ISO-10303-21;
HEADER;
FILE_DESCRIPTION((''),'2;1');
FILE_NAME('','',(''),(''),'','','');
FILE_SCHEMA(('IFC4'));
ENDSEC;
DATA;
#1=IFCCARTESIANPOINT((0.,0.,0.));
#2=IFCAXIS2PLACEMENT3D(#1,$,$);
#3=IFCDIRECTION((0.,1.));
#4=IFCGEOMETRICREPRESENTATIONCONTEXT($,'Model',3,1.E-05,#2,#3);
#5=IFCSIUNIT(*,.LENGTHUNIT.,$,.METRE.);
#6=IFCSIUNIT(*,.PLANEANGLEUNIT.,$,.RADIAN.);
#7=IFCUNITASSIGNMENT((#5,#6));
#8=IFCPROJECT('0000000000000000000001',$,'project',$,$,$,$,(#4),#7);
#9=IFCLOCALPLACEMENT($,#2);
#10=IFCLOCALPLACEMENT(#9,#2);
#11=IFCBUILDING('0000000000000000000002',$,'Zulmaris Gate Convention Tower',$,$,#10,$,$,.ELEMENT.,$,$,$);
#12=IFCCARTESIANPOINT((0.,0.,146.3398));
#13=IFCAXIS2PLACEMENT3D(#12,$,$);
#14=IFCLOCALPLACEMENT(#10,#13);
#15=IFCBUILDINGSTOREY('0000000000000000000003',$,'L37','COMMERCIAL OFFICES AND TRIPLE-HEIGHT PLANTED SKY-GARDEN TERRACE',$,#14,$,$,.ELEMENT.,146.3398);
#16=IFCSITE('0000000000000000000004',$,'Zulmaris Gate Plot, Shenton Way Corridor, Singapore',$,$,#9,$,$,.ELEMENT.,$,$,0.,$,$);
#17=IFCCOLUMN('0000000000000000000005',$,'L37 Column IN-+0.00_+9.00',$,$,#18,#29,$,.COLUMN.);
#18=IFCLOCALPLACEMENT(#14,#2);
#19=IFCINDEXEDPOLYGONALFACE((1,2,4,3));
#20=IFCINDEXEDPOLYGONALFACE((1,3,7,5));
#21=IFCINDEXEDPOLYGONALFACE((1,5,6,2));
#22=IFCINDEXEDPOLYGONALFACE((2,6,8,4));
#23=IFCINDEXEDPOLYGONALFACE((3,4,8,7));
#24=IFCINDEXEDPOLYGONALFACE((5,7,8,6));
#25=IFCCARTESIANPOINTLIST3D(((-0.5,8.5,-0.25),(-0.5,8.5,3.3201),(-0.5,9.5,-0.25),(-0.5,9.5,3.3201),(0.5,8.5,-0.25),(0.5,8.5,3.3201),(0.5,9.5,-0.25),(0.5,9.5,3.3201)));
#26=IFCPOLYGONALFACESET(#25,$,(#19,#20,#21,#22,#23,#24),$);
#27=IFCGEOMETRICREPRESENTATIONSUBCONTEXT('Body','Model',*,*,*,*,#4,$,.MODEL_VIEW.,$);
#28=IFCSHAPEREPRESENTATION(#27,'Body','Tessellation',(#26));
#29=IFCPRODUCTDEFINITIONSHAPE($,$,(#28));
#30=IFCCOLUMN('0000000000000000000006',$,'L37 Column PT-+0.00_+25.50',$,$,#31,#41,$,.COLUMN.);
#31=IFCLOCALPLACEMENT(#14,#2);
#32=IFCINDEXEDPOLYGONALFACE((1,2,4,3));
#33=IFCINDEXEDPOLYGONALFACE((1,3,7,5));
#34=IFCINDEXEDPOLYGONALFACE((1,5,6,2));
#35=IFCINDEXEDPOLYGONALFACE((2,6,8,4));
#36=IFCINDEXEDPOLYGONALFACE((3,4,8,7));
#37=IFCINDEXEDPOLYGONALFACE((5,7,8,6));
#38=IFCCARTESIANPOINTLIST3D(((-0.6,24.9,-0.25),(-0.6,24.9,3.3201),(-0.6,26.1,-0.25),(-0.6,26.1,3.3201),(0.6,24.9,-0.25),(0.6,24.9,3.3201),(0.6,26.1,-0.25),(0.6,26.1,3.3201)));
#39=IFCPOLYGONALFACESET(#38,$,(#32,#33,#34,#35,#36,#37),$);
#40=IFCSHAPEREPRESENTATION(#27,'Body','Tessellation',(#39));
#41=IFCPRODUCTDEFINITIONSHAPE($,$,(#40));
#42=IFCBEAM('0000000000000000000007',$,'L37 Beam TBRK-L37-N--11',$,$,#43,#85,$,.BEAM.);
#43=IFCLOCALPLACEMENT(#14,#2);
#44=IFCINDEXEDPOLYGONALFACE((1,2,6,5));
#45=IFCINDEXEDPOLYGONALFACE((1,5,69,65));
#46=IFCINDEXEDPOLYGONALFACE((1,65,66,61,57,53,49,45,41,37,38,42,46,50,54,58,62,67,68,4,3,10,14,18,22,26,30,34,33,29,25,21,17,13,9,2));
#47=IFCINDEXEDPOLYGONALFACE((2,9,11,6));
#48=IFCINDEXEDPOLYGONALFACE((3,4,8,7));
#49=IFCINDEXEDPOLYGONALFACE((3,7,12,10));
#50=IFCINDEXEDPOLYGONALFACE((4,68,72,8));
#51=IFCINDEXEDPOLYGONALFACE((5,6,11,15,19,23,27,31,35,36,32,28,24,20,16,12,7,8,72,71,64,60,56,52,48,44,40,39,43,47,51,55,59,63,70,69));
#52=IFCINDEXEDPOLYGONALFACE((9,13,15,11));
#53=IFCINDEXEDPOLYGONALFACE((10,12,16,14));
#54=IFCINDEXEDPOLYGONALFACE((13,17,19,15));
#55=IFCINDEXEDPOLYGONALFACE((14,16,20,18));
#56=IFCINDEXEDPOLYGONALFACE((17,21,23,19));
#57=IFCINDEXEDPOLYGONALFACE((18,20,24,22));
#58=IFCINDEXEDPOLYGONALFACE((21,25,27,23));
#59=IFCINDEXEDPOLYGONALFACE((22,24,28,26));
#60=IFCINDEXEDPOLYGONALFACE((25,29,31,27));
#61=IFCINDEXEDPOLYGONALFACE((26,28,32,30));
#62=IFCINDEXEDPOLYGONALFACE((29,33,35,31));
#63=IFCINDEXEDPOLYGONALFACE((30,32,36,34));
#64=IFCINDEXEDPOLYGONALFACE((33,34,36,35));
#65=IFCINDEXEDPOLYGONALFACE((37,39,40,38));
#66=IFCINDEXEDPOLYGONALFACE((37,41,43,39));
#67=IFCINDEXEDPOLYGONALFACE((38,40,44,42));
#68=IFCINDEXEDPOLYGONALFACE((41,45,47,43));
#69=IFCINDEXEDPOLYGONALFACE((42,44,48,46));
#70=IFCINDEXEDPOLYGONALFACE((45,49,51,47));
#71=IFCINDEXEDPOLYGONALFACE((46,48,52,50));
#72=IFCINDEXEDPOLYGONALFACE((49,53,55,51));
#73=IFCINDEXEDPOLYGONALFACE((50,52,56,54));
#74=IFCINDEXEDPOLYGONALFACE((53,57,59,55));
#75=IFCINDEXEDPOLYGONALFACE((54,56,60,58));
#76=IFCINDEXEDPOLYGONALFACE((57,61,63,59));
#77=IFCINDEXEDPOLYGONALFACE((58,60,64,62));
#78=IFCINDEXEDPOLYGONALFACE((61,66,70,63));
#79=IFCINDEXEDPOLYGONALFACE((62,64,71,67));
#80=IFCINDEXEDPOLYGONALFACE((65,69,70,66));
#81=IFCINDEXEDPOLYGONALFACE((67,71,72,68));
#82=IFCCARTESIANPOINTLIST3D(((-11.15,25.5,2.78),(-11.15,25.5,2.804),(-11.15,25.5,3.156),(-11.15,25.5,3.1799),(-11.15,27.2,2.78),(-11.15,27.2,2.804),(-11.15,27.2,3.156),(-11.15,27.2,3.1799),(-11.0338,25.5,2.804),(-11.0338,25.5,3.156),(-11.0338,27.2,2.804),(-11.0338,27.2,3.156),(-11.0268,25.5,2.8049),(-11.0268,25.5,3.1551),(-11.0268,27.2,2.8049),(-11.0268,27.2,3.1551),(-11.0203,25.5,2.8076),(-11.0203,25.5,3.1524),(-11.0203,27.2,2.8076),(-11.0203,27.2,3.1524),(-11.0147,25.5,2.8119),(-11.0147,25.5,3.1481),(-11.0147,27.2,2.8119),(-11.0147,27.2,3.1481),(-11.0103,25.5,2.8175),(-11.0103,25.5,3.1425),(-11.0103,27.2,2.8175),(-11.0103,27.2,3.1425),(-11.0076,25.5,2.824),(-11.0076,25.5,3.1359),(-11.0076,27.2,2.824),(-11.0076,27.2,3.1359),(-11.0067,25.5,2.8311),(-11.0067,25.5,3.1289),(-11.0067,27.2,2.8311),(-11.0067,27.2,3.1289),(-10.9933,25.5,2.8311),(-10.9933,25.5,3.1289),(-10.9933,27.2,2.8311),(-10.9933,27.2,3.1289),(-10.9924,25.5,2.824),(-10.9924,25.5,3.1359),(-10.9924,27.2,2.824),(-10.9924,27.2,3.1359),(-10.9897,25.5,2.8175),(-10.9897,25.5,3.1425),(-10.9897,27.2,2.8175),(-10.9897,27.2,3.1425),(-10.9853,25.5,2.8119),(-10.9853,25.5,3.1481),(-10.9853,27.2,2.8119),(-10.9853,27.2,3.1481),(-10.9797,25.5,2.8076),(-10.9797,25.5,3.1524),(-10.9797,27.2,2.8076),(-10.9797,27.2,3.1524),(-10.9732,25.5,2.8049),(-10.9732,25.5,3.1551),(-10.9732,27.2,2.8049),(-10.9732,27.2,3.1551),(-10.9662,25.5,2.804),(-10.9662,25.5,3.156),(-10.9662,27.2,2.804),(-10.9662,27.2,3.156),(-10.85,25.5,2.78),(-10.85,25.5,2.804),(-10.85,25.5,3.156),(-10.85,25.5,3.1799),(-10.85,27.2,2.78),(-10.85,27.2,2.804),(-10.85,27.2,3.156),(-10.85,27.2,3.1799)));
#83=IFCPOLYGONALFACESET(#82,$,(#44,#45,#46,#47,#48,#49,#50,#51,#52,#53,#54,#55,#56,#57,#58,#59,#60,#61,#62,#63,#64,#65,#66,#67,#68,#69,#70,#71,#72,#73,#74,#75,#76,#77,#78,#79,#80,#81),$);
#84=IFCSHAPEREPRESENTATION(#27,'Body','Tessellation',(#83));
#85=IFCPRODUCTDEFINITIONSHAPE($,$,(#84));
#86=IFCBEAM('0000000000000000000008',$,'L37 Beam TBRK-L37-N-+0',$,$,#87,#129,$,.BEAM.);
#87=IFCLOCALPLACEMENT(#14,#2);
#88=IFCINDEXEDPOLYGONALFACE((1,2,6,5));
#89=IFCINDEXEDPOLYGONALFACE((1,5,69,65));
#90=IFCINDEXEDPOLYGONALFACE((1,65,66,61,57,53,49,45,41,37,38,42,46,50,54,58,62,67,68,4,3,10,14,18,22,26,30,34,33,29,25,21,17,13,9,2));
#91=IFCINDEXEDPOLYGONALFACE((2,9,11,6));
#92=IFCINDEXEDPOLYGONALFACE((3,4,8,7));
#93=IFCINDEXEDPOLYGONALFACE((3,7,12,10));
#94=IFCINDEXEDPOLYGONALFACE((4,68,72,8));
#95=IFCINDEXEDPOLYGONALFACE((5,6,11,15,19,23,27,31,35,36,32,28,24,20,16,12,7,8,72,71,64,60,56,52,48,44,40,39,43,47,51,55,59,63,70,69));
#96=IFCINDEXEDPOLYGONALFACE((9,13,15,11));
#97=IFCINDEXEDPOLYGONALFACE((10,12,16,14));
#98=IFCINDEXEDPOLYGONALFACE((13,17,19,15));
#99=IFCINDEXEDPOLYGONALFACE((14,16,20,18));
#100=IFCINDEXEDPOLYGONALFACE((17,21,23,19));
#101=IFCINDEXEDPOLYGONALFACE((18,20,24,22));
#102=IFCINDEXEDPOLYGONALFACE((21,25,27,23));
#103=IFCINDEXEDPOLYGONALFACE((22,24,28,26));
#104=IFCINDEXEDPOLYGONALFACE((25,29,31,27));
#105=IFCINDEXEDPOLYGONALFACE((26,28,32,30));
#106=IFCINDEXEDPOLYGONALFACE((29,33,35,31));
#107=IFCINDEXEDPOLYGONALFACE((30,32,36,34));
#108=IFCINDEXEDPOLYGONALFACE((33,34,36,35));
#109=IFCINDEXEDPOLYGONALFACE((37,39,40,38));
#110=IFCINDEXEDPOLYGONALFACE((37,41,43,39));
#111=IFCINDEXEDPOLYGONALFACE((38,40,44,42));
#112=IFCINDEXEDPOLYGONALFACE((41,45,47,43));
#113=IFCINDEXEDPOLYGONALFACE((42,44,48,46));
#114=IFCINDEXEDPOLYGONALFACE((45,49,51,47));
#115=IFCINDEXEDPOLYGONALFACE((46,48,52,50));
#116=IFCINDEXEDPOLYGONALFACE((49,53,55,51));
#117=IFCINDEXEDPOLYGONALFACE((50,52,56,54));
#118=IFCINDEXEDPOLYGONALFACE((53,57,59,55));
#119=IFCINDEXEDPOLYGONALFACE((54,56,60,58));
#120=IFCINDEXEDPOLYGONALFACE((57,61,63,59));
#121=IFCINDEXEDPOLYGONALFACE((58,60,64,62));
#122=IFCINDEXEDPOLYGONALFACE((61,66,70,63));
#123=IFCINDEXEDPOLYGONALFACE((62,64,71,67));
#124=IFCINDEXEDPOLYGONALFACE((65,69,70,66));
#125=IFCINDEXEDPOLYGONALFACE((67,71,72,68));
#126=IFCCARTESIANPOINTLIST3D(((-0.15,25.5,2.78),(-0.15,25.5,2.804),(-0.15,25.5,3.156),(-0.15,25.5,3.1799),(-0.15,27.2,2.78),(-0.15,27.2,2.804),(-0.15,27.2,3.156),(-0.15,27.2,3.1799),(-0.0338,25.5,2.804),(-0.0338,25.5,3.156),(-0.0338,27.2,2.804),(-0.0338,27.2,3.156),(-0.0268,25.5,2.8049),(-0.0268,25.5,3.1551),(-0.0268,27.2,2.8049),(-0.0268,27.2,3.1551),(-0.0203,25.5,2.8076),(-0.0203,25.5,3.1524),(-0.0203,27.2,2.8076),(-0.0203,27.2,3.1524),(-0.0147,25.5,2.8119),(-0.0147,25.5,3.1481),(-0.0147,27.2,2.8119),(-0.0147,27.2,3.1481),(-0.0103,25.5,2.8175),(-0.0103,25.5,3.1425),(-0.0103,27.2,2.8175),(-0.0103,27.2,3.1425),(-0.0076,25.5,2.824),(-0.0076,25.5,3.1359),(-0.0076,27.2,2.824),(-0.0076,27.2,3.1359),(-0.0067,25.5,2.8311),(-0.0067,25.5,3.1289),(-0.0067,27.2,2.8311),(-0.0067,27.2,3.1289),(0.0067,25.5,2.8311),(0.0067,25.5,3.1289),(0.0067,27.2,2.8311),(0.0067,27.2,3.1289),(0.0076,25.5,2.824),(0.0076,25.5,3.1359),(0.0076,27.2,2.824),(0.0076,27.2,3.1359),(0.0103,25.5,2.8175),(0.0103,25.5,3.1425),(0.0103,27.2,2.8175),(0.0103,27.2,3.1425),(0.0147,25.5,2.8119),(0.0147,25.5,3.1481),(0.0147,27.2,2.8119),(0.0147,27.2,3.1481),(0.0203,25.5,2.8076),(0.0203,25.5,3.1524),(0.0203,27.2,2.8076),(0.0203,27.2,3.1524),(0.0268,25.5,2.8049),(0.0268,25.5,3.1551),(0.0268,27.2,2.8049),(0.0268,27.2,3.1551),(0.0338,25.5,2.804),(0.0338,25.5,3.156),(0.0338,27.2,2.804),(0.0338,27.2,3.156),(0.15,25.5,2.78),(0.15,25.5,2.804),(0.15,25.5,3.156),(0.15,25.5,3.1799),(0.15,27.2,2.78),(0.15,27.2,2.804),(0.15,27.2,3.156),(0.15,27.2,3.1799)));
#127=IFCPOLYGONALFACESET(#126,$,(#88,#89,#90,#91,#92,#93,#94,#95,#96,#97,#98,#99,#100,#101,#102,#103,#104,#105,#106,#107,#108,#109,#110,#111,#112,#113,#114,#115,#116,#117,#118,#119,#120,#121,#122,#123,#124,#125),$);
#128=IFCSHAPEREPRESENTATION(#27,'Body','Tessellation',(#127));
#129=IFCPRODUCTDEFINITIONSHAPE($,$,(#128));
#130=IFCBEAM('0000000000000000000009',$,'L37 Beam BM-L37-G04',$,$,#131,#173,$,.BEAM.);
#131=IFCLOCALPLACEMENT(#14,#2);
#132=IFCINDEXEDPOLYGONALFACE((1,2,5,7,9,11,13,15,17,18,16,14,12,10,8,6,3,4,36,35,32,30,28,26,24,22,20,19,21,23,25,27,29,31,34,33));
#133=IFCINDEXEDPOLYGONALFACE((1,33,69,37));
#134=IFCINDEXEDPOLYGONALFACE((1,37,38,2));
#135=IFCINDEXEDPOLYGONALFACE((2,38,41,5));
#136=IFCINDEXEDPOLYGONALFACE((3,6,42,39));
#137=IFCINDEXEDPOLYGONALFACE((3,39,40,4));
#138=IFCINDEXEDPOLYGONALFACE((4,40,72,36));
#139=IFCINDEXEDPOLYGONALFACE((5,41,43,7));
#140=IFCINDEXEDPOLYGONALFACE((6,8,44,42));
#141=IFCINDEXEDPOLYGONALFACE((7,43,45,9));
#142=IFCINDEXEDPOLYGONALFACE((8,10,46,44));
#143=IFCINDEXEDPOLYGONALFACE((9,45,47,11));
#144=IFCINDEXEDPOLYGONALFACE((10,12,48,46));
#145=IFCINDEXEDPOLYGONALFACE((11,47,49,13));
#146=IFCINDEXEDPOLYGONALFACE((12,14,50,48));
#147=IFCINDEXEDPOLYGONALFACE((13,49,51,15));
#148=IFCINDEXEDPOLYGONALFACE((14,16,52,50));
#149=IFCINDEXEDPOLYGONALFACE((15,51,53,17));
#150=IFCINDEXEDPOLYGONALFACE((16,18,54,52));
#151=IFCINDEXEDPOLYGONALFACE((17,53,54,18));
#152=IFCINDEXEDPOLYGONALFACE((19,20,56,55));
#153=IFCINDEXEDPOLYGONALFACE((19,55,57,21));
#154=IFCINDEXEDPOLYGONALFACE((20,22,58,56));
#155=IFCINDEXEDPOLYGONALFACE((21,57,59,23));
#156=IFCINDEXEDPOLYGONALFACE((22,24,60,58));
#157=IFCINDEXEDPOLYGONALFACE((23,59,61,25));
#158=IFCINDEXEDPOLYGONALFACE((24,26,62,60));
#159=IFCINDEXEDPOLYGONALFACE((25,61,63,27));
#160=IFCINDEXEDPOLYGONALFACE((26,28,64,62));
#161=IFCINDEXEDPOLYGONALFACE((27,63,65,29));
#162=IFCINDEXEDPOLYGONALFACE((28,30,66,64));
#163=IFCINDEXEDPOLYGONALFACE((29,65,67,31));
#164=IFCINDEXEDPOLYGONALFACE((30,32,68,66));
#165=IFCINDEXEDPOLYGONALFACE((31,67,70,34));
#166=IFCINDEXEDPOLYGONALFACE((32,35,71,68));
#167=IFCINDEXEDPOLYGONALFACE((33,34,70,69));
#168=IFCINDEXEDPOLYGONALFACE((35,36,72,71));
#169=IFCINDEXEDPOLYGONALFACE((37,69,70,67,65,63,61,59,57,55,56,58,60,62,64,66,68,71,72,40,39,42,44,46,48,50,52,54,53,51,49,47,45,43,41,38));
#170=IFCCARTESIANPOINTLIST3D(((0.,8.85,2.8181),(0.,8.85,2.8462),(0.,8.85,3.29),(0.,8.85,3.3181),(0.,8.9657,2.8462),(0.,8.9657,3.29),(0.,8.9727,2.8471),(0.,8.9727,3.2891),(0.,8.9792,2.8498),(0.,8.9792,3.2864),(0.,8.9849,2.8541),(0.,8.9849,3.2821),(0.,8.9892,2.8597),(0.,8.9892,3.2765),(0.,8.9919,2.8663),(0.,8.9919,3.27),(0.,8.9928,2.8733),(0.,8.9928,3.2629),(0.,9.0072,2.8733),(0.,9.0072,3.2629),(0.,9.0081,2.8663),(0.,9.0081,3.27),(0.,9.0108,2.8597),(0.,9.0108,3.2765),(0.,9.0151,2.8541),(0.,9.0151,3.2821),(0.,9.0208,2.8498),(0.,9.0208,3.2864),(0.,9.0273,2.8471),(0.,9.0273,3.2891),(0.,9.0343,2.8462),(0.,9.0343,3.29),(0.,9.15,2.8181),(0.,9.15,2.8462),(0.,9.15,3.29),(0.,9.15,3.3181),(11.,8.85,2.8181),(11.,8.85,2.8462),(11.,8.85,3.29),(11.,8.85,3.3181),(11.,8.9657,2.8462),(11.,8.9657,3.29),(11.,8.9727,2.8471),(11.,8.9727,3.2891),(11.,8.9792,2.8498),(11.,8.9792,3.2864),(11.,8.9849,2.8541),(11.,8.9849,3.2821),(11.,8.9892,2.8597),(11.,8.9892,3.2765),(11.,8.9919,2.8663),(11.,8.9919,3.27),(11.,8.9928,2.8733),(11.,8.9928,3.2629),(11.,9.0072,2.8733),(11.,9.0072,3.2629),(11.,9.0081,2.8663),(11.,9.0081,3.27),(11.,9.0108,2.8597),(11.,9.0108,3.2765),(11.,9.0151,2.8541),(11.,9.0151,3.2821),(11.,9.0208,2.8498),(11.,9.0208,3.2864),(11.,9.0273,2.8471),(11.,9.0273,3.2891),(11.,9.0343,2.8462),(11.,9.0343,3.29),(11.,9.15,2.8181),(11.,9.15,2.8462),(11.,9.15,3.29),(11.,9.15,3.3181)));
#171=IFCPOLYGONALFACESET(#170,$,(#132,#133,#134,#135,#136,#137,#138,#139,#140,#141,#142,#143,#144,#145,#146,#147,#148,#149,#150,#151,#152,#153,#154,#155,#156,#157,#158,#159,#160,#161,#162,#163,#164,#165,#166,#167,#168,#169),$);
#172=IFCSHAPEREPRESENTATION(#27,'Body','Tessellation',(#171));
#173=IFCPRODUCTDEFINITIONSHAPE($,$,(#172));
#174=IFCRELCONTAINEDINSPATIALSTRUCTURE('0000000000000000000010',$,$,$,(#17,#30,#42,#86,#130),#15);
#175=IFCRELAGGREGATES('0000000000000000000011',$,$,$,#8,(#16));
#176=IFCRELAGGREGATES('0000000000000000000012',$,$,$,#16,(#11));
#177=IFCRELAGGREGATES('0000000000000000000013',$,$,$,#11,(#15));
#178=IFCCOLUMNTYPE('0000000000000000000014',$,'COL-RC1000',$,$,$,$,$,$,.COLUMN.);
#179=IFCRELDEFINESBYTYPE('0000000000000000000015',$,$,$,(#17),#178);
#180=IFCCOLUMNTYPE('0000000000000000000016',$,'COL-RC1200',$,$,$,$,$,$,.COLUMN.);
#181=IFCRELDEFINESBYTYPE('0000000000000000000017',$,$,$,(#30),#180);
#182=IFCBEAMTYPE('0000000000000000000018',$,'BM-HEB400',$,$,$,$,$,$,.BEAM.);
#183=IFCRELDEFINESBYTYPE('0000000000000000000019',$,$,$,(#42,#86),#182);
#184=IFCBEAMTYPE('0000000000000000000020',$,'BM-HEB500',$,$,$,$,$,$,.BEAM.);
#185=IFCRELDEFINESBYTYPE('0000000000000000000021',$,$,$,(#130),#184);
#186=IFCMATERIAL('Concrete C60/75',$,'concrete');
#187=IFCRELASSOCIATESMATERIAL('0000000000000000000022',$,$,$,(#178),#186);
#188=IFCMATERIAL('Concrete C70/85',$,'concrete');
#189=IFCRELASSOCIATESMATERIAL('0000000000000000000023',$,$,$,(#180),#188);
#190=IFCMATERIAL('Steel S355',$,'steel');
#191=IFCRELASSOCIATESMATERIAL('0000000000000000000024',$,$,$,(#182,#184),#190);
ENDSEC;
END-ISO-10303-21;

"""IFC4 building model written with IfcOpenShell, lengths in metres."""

from ifc_helpers import new_model, si_unit, direction, frame, origin, origin_2d, place, context, subcontext, project, spatial, rectangle, i_section, extrude, material, material_profile, profile_set, type_object, element, save


model = new_model("IFC4")

# Units and contexts
model_context = context("Model", 3, precision=1e-05, world=origin(), true_north=direction((0.0, 1.0)))
body_context = subcontext(model_context, "Body", "Model", "MODEL_VIEW")
ifc_project = project(units=[si_unit("LENGTHUNIT", "METRE"), si_unit("PLANEANGLEUNIT", "RADIAN")], contexts=[model_context])

# Site, building, storey
site_placement = place(None, origin())
site = spatial("IfcSite", under=ifc_project, at=site_placement, Name="Zulmaris Gate Plot, Shenton Way Corridor, Singapore", CompositionType="ELEMENT", RefElevation=0.0)
building_placement = place(site_placement, origin())
building = spatial("IfcBuilding", under=site, at=building_placement, Name="Zulmaris Gate Convention Tower", CompositionType="ELEMENT")
storey_placement = place(building_placement, frame((0.0, 0.0, 146.3398)))
storey = spatial("IfcBuildingStorey", under=building, at=storey_placement, Name="L37", Description="COMMERCIAL OFFICES AND TRIPLE-HEIGHT PLANTED SKY-GARDEN TERRACE", CompositionType="ELEMENT", Elevation=146.3398)

# Columns
ifc_material_1 = material(Name="Concrete C60/75", Category="concrete")
ifc_material_profile_1 = material_profile(ifc_material_1, rectangle(XDim=1.0, YDim=1.0, at=origin_2d()), Name="RC COL 1000x1000")
ifc_profile_set_1 = profile_set([ifc_material_profile_1], Name="Concrete C60/75")
column_type_1 = type_object("IfcColumnType", Name="COL-RC1000", PredefinedType="COLUMN", material=ifc_profile_set_1)
column_1_placement = place(storey_placement, frame((0.0, 9.0, -0.25), z_axis=(0.0, 0.0, 1.0), x_axis=(1.0, 0.0, 0.0)))
element("IfcColumn", 1, at=column_1_placement, inside=storey, type_object=column_type_1, Name="L37 Column IN-+0.00_+9.00", PredefinedType="COLUMN", context=body_context, shape_type="SweptSolid", body=[
    extrude(rectangle(XDim=1.0, YDim=1.0, at=origin_2d()), origin(), (0.0, 0.0, 1.0), 3.5701),
])
ifc_material_2 = material(Name="Concrete C70/85", Category="concrete")
ifc_material_profile_2 = material_profile(ifc_material_2, rectangle(XDim=1.2, YDim=1.2, at=origin_2d()), Name="RC COL 1200x1200")
ifc_profile_set_2 = profile_set([ifc_material_profile_2], Name="Concrete C70/85")
column_type_2 = type_object("IfcColumnType", Name="COL-RC1200", PredefinedType="COLUMN", material=ifc_profile_set_2)
column_2_placement = place(storey_placement, frame((0.0, 25.5, -0.25), z_axis=(0.0, 0.0, 1.0), x_axis=(1.0, 0.0, 0.0)))
element("IfcColumn", 2, at=column_2_placement, inside=storey, type_object=column_type_2, Name="L37 Column PT-+0.00_+25.50", PredefinedType="COLUMN", context=body_context, shape_type="SweptSolid", body=[
    extrude(rectangle(XDim=1.2, YDim=1.2, at=origin_2d()), origin(), (0.0, 0.0, 1.0), 3.5701),
])

# Beams
ifc_material_3 = material(Name="Steel S355", Category="steel")
ifc_material_profile_3 = material_profile(ifc_material_3, i_section(OverallWidth=0.3, OverallDepth=0.3999, WebThickness=0.0134, FlangeThickness=0.0239, FilletRadius=0.0271, at=origin_2d()), Name="HEB 400")
ifc_profile_set_3 = profile_set([ifc_material_profile_3], Name="Steel S355")
beam_type_1 = type_object("IfcBeamType", Name="BM-HEB400", PredefinedType="BEAM", material=ifc_profile_set_3)
for number, where, z_axis, x_axis, name in (
    (3, (-11.0, 25.5, 2.98), (0.0, 1.0, 0.0), (-1.0, 0.0, 0.0), "L37 Beam TBRK-L37-N--11"),
    (4, (0.0, 25.5, 2.98), (0.0, 1.0, 0.0), (-1.0, 0.0, 0.0), "L37 Beam TBRK-L37-N-+0"),
):
    element("IfcBeam", number, at=place(storey_placement, frame(where, z_axis=z_axis, x_axis=x_axis)), inside=storey, type_object=beam_type_1, Name=name, PredefinedType="BEAM", context=body_context, shape_type="SweptSolid", body=[
        extrude(i_section(OverallWidth=0.3, OverallDepth=0.3999, WebThickness=0.0134, FlangeThickness=0.0239, FilletRadius=0.0271, at=origin_2d()), origin(), (0.0, 0.0, 1.0), 1.7),
    ])
ifc_material_profile_4 = material_profile(ifc_material_3, i_section(OverallWidth=0.3, OverallDepth=0.5, WebThickness=0.0144, FlangeThickness=0.0281, FilletRadius=0.0271, at=origin_2d()), Name="HEB 500")
ifc_profile_set_4 = profile_set([ifc_material_profile_4], Name="Steel S355")
beam_type_2 = type_object("IfcBeamType", Name="BM-HEB500", PredefinedType="BEAM", material=ifc_profile_set_4)
beam_1_placement = place(storey_placement, frame((0.0, 9.0, 3.0681), z_axis=(1.0, 0.0, 0.0), x_axis=(0.0, 1.0, 0.0)))
element("IfcBeam", 5, at=beam_1_placement, inside=storey, type_object=beam_type_2, Name="L37 Beam BM-L37-G04", PredefinedType="BEAM", context=body_context, shape_type="SweptSolid", body=[
    extrude(i_section(OverallWidth=0.3, OverallDepth=0.5, WebThickness=0.0144, FlangeThickness=0.0281, FilletRadius=0.0271, at=origin_2d()), origin(), (0.0, 0.0, 1.0), 11.0),
])

save(model, "model.ifc")
